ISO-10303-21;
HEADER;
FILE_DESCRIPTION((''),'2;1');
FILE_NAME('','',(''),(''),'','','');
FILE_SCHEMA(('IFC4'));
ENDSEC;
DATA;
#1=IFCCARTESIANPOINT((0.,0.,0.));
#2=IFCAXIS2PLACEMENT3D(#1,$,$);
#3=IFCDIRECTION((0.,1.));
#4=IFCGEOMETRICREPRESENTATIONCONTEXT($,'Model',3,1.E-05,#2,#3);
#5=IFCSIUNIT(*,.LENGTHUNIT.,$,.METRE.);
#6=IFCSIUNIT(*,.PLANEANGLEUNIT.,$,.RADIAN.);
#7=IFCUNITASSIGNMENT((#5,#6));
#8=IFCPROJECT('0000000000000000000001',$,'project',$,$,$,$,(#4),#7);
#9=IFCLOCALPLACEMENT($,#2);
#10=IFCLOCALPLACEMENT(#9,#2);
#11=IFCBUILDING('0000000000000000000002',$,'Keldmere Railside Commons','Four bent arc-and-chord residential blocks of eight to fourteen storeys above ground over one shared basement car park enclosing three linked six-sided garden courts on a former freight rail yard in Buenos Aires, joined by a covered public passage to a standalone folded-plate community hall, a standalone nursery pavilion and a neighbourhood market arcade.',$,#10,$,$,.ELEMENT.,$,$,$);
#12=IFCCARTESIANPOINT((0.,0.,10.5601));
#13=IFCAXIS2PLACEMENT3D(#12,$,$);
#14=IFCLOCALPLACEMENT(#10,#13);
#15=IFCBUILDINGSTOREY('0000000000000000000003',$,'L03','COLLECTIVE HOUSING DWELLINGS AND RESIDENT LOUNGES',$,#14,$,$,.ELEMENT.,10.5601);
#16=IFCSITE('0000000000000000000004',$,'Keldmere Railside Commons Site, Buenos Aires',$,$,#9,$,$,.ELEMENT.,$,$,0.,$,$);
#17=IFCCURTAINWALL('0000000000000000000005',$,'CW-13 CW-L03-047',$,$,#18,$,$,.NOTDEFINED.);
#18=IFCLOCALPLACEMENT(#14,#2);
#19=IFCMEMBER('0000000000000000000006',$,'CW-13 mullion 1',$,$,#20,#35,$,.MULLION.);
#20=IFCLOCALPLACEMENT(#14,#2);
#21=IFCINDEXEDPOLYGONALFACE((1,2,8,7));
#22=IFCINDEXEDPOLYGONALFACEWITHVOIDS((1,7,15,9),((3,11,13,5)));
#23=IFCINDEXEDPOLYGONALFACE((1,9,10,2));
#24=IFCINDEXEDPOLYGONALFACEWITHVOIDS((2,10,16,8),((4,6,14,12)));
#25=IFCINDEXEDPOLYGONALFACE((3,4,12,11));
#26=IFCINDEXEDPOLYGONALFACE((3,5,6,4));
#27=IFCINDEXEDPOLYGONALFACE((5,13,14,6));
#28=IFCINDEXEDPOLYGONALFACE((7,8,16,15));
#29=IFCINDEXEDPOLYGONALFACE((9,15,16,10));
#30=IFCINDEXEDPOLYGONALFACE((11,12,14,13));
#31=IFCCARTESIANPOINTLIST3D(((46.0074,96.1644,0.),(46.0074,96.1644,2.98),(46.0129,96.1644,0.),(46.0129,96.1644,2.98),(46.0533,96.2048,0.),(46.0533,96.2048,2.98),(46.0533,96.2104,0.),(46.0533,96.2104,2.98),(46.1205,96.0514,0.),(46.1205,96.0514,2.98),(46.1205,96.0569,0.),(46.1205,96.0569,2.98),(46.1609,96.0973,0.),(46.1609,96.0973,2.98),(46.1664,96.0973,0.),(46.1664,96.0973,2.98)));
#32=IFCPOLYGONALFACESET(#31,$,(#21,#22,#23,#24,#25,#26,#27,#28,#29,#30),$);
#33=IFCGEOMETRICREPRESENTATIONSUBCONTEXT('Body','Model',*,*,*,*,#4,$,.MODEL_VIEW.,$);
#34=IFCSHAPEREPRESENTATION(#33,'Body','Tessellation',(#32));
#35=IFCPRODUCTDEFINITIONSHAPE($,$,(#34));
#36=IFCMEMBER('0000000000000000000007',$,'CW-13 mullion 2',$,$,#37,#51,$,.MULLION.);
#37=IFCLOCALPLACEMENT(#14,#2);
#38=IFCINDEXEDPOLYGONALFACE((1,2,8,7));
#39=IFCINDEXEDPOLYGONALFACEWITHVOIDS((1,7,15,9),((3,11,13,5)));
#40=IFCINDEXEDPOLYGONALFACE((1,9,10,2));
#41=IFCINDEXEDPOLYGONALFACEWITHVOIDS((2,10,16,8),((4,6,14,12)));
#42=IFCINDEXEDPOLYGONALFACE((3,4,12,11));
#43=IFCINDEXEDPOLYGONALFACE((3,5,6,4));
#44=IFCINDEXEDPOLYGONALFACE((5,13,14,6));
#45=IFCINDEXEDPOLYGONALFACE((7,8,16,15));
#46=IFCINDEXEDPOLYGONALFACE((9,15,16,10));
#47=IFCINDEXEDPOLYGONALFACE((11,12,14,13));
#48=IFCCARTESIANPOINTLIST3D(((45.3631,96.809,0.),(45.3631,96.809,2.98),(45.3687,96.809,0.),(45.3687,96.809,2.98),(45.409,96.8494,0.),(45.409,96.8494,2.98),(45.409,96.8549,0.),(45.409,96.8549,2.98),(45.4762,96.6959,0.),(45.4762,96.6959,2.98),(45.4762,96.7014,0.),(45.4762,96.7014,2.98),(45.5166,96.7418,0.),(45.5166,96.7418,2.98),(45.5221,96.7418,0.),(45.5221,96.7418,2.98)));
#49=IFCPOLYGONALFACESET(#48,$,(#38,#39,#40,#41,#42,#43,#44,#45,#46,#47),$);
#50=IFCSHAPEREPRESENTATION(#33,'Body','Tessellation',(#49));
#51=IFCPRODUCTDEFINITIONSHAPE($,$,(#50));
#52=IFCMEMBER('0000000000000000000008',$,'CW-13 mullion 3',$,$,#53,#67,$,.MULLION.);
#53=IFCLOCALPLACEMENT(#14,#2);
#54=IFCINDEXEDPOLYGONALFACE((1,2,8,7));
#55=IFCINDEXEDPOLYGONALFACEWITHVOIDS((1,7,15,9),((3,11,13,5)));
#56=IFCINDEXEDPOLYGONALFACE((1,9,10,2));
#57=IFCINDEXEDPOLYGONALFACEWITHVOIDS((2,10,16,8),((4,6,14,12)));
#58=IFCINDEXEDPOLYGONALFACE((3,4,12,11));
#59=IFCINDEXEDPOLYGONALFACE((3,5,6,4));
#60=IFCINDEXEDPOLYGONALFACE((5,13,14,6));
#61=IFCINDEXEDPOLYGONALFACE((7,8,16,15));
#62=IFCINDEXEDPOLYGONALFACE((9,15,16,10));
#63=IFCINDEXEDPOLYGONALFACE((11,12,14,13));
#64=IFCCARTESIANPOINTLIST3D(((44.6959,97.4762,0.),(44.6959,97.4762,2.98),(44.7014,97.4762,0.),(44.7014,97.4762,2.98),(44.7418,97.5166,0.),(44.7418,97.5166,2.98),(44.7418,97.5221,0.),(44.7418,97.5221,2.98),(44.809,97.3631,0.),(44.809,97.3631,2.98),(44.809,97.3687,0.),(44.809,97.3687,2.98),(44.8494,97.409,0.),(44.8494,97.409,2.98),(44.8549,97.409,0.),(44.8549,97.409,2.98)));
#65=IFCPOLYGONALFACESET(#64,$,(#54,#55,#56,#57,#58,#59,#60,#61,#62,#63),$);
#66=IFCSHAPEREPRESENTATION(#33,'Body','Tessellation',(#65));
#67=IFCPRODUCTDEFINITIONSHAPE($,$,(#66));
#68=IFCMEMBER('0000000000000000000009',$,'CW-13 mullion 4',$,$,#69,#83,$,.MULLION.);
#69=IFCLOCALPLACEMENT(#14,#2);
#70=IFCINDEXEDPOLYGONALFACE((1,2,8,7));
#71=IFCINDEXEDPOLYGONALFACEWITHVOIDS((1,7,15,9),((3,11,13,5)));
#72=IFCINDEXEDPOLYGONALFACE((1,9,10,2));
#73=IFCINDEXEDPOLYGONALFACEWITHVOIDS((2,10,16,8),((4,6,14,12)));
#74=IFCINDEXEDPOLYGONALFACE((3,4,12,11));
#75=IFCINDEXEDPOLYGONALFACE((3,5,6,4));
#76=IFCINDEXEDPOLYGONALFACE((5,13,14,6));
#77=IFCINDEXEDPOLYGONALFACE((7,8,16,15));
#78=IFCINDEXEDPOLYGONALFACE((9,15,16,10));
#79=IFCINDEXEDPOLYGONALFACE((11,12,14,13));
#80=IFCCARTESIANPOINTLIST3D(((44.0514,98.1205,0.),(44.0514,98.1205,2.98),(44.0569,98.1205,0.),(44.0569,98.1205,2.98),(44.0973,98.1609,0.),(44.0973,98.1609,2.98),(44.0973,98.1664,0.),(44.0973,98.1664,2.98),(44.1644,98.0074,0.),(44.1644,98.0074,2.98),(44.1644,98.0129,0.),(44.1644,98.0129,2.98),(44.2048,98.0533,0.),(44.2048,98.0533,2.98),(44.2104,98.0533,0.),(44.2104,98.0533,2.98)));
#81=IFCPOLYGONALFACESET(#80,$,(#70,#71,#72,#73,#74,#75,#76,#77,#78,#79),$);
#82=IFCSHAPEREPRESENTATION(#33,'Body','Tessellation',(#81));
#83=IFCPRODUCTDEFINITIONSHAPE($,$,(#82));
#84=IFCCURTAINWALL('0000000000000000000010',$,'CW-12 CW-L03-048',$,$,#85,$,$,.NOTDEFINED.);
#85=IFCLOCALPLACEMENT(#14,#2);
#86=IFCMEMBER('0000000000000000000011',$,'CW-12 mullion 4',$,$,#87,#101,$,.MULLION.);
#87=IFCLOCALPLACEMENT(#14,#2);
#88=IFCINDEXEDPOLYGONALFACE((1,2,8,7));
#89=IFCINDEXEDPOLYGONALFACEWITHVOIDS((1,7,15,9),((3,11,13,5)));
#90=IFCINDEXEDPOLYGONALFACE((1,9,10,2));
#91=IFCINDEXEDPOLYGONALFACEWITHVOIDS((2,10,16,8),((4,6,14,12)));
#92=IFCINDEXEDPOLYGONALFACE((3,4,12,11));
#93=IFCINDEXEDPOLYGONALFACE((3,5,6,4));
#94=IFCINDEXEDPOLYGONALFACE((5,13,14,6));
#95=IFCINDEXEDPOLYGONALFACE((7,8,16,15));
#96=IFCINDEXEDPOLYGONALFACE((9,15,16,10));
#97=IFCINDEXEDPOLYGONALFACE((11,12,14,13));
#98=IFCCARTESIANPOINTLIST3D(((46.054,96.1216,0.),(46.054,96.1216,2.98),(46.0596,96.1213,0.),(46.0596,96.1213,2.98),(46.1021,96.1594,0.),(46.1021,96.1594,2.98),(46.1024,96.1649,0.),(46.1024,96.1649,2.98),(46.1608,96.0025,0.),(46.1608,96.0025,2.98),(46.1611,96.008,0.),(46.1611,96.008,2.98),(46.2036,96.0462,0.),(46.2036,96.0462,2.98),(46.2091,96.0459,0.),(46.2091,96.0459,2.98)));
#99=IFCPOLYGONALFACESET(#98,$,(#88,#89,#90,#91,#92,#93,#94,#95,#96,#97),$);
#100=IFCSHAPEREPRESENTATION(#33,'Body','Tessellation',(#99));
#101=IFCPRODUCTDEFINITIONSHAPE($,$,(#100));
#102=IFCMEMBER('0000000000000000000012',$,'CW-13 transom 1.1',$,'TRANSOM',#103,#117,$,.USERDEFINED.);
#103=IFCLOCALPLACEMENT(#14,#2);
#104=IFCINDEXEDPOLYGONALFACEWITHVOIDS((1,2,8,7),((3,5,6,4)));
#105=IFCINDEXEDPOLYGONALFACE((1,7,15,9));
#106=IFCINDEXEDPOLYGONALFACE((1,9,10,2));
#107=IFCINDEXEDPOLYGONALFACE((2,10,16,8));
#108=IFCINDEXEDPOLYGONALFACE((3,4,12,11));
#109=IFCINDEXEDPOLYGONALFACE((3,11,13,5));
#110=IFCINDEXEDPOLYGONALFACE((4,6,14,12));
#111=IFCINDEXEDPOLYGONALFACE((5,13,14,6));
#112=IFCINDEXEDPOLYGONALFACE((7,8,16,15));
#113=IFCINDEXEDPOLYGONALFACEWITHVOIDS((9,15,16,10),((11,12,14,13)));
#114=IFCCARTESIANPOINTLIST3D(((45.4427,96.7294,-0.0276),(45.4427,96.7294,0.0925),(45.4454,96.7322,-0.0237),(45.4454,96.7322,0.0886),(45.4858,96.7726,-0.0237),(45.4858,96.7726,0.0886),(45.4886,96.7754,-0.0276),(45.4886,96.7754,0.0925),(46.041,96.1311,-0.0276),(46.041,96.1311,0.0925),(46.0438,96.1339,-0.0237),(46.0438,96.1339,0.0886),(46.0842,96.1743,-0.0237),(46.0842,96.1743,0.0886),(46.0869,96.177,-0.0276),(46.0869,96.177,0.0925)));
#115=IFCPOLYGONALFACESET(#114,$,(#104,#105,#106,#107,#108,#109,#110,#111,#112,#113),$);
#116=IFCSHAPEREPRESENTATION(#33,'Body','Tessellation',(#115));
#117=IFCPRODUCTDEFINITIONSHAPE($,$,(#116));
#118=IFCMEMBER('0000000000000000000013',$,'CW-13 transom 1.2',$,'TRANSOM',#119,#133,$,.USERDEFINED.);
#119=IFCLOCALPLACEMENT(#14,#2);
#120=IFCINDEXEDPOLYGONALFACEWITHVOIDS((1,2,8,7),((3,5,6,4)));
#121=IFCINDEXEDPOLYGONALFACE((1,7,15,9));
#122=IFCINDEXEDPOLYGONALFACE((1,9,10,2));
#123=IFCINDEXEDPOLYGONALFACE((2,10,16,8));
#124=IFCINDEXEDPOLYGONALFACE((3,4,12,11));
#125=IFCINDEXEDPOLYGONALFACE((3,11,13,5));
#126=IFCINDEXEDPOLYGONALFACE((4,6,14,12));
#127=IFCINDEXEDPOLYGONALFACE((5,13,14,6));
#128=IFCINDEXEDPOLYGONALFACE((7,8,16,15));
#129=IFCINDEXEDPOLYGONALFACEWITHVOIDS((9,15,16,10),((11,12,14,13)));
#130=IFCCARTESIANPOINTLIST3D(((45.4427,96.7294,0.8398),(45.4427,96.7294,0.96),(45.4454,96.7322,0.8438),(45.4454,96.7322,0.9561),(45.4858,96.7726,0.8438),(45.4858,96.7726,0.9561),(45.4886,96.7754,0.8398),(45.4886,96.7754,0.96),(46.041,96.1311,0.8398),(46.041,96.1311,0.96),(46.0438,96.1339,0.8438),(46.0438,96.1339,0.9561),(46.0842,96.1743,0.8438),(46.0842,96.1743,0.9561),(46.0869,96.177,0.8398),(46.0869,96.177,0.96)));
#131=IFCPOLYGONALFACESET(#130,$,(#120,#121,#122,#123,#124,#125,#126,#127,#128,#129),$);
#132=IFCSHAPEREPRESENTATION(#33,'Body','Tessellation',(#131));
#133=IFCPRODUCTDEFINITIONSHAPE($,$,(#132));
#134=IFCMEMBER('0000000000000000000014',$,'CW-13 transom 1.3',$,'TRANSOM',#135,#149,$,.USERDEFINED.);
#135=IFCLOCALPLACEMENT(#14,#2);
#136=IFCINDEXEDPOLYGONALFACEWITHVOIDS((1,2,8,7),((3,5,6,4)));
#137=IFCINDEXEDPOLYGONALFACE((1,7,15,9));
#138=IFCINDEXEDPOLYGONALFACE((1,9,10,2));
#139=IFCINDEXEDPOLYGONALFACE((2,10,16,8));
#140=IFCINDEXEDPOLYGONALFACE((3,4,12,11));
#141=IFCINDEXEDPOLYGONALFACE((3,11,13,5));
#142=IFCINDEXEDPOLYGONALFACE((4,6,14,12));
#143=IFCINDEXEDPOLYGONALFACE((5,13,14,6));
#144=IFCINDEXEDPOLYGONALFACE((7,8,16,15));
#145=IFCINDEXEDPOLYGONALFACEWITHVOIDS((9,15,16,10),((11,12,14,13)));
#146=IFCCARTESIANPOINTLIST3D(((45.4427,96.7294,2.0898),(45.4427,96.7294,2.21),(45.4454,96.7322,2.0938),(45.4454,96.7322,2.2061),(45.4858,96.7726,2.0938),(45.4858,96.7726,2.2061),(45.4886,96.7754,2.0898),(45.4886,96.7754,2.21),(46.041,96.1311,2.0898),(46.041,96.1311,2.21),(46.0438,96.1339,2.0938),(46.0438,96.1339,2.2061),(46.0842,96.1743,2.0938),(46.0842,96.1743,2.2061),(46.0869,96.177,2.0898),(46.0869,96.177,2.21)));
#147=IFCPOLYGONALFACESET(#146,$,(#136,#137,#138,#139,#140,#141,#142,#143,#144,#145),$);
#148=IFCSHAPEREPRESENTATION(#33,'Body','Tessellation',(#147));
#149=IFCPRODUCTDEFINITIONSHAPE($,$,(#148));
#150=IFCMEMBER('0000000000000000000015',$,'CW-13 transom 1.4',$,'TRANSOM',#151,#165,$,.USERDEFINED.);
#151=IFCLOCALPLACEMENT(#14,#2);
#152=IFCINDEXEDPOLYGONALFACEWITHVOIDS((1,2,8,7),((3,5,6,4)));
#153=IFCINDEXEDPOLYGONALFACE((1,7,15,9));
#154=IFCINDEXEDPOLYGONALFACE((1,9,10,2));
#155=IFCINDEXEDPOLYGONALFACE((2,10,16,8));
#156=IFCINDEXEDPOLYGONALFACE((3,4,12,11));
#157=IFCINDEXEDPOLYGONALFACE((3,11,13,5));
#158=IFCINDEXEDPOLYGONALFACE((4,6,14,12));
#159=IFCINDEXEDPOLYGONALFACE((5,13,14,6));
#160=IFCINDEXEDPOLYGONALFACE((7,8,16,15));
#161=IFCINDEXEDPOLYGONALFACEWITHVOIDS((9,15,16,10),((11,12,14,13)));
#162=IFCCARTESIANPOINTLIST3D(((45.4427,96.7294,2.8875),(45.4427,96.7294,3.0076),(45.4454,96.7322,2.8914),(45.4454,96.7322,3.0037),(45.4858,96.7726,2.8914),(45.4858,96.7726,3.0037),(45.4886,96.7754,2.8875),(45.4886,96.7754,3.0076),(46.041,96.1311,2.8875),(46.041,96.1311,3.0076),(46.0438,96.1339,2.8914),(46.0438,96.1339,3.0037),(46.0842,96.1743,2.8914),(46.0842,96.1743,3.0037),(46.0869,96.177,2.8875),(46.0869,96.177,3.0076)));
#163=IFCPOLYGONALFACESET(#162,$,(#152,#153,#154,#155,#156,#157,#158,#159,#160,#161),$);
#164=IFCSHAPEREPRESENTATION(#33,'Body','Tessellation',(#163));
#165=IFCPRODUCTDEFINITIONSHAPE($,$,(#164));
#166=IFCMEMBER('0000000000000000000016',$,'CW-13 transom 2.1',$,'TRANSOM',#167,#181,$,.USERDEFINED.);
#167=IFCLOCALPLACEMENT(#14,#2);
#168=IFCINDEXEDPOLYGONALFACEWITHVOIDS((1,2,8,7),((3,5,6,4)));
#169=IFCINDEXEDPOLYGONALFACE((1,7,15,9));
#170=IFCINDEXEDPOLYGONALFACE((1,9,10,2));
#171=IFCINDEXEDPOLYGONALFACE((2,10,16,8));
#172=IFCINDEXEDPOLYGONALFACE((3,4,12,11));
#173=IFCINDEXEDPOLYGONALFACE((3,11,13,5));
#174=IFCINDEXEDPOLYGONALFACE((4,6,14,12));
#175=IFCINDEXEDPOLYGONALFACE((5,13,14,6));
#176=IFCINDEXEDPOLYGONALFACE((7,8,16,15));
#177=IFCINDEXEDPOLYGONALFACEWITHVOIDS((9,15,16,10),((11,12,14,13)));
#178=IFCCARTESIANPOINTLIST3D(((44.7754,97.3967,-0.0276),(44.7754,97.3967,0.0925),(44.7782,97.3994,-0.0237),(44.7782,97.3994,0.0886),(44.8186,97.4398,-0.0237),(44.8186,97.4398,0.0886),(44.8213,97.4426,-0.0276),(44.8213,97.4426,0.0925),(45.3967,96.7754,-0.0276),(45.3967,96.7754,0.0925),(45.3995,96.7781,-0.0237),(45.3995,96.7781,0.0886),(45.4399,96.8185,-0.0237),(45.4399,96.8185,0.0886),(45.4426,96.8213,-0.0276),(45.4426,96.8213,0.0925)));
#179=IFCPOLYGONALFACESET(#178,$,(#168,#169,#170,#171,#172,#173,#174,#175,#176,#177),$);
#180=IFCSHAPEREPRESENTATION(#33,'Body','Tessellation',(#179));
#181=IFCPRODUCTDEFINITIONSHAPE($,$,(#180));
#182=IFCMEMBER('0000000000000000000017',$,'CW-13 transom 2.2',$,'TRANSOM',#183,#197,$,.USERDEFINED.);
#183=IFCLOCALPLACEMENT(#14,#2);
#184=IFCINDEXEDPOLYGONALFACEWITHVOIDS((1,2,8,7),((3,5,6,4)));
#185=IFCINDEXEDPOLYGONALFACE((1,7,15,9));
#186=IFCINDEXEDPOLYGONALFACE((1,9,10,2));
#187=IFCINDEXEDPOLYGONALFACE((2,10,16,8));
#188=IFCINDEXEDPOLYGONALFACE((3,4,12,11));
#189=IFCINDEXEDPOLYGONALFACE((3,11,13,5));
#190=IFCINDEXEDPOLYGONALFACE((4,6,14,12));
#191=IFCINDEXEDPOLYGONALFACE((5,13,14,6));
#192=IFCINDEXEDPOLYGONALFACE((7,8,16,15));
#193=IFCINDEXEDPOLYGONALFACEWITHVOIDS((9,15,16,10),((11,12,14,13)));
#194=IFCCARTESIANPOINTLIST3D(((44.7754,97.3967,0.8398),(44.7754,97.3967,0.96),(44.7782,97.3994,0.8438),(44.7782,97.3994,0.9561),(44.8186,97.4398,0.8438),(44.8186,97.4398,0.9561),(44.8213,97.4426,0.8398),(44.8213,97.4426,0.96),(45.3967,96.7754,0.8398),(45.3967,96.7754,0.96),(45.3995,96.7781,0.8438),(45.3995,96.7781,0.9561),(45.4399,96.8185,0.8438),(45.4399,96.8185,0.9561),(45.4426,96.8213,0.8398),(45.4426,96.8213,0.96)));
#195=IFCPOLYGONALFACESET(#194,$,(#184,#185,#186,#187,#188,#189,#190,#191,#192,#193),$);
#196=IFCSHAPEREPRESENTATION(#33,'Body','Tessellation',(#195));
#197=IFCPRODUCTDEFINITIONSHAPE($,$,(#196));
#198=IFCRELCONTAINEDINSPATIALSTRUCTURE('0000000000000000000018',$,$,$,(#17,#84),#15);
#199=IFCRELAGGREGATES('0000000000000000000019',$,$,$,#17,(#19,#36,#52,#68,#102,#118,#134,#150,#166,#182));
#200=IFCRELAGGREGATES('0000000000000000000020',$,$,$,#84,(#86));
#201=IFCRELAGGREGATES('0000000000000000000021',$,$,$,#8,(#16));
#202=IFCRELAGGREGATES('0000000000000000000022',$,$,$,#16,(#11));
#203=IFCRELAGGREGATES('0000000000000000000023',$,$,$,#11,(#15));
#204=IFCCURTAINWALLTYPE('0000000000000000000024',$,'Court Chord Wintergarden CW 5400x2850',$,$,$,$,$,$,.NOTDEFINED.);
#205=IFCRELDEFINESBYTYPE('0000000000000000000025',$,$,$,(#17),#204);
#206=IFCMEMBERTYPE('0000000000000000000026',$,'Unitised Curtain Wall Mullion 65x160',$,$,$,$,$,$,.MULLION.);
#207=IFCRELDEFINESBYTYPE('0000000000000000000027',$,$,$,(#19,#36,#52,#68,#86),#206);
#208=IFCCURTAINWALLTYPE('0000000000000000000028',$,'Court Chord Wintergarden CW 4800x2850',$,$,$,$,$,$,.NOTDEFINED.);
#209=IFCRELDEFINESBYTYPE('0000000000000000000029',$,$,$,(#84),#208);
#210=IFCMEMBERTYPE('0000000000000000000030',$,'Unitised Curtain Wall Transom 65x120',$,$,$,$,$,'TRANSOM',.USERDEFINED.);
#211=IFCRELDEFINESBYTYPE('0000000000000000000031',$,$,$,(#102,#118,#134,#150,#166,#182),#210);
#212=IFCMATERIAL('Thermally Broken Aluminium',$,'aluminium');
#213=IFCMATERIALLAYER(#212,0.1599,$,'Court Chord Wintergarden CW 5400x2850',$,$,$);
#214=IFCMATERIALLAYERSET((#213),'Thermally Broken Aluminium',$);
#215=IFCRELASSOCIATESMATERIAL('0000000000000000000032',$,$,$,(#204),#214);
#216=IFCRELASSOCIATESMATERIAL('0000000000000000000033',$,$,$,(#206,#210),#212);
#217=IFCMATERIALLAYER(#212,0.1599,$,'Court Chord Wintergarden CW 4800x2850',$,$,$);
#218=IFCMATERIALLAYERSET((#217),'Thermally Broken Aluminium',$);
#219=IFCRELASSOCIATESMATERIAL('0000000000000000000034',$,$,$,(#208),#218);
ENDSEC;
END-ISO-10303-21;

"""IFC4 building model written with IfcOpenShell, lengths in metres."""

from ifc_helpers import new_model, si_unit, direction, frame, origin, origin_2d, place, context, subcontext, project, spatial, hollow_rectangle, extrude, material, layer, layer_set, material_profile, profile_set, type_object, element, aggregate, save


model = new_model("IFC4")

# Units and contexts
model_context = context("Model", 3, precision=1e-05, world=origin(), true_north=direction((0.0, 1.0)))
body_context = subcontext(model_context, "Body", "Model", "MODEL_VIEW")
ifc_project = project(units=[si_unit("LENGTHUNIT", "METRE"), si_unit("PLANEANGLEUNIT", "RADIAN")], contexts=[model_context])

# Site, building, storey
site_placement = place(None, origin())
site = spatial("IfcSite", under=ifc_project, at=site_placement, Name="Keldmere Railside Commons Site, Buenos Aires", CompositionType="ELEMENT", RefElevation=0.0)
building_placement = place(site_placement, origin())
building = spatial("IfcBuilding", under=site, at=building_placement, Name="Keldmere Railside Commons", Description="Four bent arc-and-chord residential blocks of eight to fourteen storeys above ground over one shared basement car park enclosing three linked six-sided garden courts on a former freight rail yard in Buenos Aires, joined by a covered public passage to a standalone folded-plate community hall, a standalone nursery pavilion and a neighbourhood market arcade.", CompositionType="ELEMENT")
storey_placement = place(building_placement, frame((0.0, 0.0, 10.5601)))
storey = spatial("IfcBuildingStorey", under=building, at=storey_placement, Name="L03", Description="COLLECTIVE HOUSING DWELLINGS AND RESIDENT LOUNGES", CompositionType="ELEMENT", Elevation=10.5601)

# Curtain wall, members
ifc_material_1 = material(Name="Thermally Broken Aluminium", Category="aluminium")
ifc_layer_1 = layer(ifc_material_1, 0.1599, Name="Court Chord Wintergarden CW 5400x2850")
ifc_layer_set_1 = layer_set([ifc_layer_1], Name="Thermally Broken Aluminium")
curtain_wall_type_1 = type_object("IfcCurtainWallType", Name="Court Chord Wintergarden CW 5400x2850", PredefinedType="NOTDEFINED", material=ifc_layer_set_1)
curtain_wall_1_placement = place(storey_placement, origin())
curtain_wall_1 = element("IfcCurtainWall", 1, at=curtain_wall_1_placement, inside=storey, type_object=curtain_wall_type_1, Name="CW-13 CW-L03-047", PredefinedType="NOTDEFINED")
ifc_material_profile_1 = material_profile(ifc_material_1, hollow_rectangle(XDim=0.0649, YDim=0.1599, WallThickness=0.0039, at=origin_2d()), Name="ALU-MULL-65x160")
ifc_profile_set_1 = profile_set([ifc_material_profile_1], Name="Thermally Broken Aluminium")
member_type_1 = type_object("IfcMemberType", Name="Unitised Curtain Wall Mullion 65x160", PredefinedType="MULLION", material=ifc_profile_set_1)
member_1_placement = place(storey_placement, frame((46.0869, 96.1309, 0.0), z_axis=(0.0, 0.0, 1.0), x_axis=(-0.707107, -0.707107, 0.0)))
member_1 = element("IfcMember", 2, at=member_1_placement, type_object=member_type_1, Name="CW-13 mullion 1", PredefinedType="MULLION", context=body_context, shape_type="SweptSolid", body=[
    extrude(hollow_rectangle(XDim=0.0649, YDim=0.1599, WallThickness=0.0039, at=origin_2d()), origin(), (0.0, 0.0, 1.0), 2.98),
])
member_2_placement = place(storey_placement, frame((45.4426, 96.7754, 0.0), z_axis=(0.0, 0.0, 1.0), x_axis=(-0.707107, -0.707107, 0.0)))
member_2 = element("IfcMember", 3, at=member_2_placement, type_object=member_type_1, Name="CW-13 mullion 2", PredefinedType="MULLION", context=body_context, shape_type="SweptSolid", body=[
    extrude(hollow_rectangle(XDim=0.0649, YDim=0.1599, WallThickness=0.0039, at=origin_2d()), origin(), (0.0, 0.0, 1.0), 2.98),
])
member_3_placement = place(storey_placement, frame((44.7754, 97.4426, 0.0), z_axis=(0.0, 0.0, 1.0), x_axis=(-0.707107, -0.707107, 0.0)))
member_3 = element("IfcMember", 4, at=member_3_placement, type_object=member_type_1, Name="CW-13 mullion 3", PredefinedType="MULLION", context=body_context, shape_type="SweptSolid", body=[
    extrude(hollow_rectangle(XDim=0.0649, YDim=0.1599, WallThickness=0.0039, at=origin_2d()), origin(), (0.0, 0.0, 1.0), 2.98),
])
member_4_placement = place(storey_placement, frame((44.1309, 98.0869, 0.0), z_axis=(0.0, 0.0, 1.0), x_axis=(-0.707107, -0.707107, 0.0)))
member_4 = element("IfcMember", 5, at=member_4_placement, type_object=member_type_1, Name="CW-13 mullion 4", PredefinedType="MULLION", context=body_context, shape_type="SweptSolid", body=[
    extrude(hollow_rectangle(XDim=0.0649, YDim=0.1599, WallThickness=0.0039, at=origin_2d()), origin(), (0.0, 0.0, 1.0), 2.98),
])

# Curtain wall, member
ifc_layer_2 = layer(ifc_material_1, 0.1599, Name="Court Chord Wintergarden CW 4800x2850")
ifc_layer_set_2 = layer_set([ifc_layer_2], Name="Thermally Broken Aluminium")
curtain_wall_type_2 = type_object("IfcCurtainWallType", Name="Court Chord Wintergarden CW 4800x2850", PredefinedType="NOTDEFINED", material=ifc_layer_set_2)
curtain_wall_2_placement = place(storey_placement, origin())
curtain_wall_2 = element("IfcCurtainWall", 6, at=curtain_wall_2_placement, inside=storey, type_object=curtain_wall_type_2, Name="CW-12 CW-L03-048", PredefinedType="NOTDEFINED")
member_5_placement = place(storey_placement, frame((46.1316, 96.0837, 0.0), z_axis=(0.0, 0.0, 1.0), x_axis=(-0.744557, -0.667559, 0.0)))
member_5 = element("IfcMember", 7, at=member_5_placement, type_object=member_type_1, Name="CW-12 mullion 4", PredefinedType="MULLION", context=body_context, shape_type="SweptSolid", body=[
    extrude(hollow_rectangle(XDim=0.0649, YDim=0.1599, WallThickness=0.0039, at=origin_2d()), origin(), (0.0, 0.0, 1.0), 2.98),
])

# Members
ifc_material_profile_2 = material_profile(ifc_material_1, hollow_rectangle(XDim=0.0649, YDim=0.1201, WallThickness=0.0039, at=origin_2d()), Name="ALU-TRAN-65x120")
ifc_profile_set_2 = profile_set([ifc_material_profile_2], Name="Thermally Broken Aluminium")
member_type_2 = type_object("IfcMemberType", Name="Unitised Curtain Wall Transom 65x120", ElementType="TRANSOM", PredefinedType="USERDEFINED", material=ifc_profile_set_2)
member_6_placement = place(storey_placement, frame((46.064, 96.1541, 0.0325), z_axis=(-0.707107, 0.707107, 0.0), x_axis=(-0.707107, -0.707107, 0.0)))
member_6 = element("IfcMember", 8, at=member_6_placement, type_object=member_type_2, Name="CW-13 transom 1.1", ObjectType="TRANSOM", PredefinedType="USERDEFINED", context=body_context, shape_type="SweptSolid", body=[
    extrude(hollow_rectangle(XDim=0.0649, YDim=0.1201, WallThickness=0.0039, at=origin_2d()), origin(), (0.0, 0.0, 1.0), 0.8462),
])
member_7_placement = place(storey_placement, frame((46.064, 96.1541, 0.8999), z_axis=(-0.707107, 0.707107, 0.0), x_axis=(-0.707107, -0.707107, 0.0)))
member_7 = element("IfcMember", 9, at=member_7_placement, type_object=member_type_2, Name="CW-13 transom 1.2", ObjectType="TRANSOM", PredefinedType="USERDEFINED", context=body_context, shape_type="SweptSolid", body=[
    extrude(hollow_rectangle(XDim=0.0649, YDim=0.1201, WallThickness=0.0039, at=origin_2d()), origin(), (0.0, 0.0, 1.0), 0.8462),
])
member_8_placement = place(storey_placement, frame((46.064, 96.1541, 2.1499), z_axis=(-0.707107, 0.707107, 0.0), x_axis=(-0.707107, -0.707107, 0.0)))
member_8 = element("IfcMember", 10, at=member_8_placement, type_object=member_type_2, Name="CW-13 transom 1.3", ObjectType="TRANSOM", PredefinedType="USERDEFINED", context=body_context, shape_type="SweptSolid", body=[
    extrude(hollow_rectangle(XDim=0.0649, YDim=0.1201, WallThickness=0.0039, at=origin_2d()), origin(), (0.0, 0.0, 1.0), 0.8462),
])
member_9_placement = place(storey_placement, frame((46.064, 96.1541, 2.9475), z_axis=(-0.707107, 0.707107, 0.0), x_axis=(-0.707107, -0.707107, 0.0)))
member_9 = element("IfcMember", 11, at=member_9_placement, type_object=member_type_2, Name="CW-13 transom 1.4", ObjectType="TRANSOM", PredefinedType="USERDEFINED", context=body_context, shape_type="SweptSolid", body=[
    extrude(hollow_rectangle(XDim=0.0649, YDim=0.1201, WallThickness=0.0039, at=origin_2d()), origin(), (0.0, 0.0, 1.0), 0.8462),
])
member_10_placement = place(storey_placement, frame((45.4197, 96.7983, 0.0325), z_axis=(-0.707107, 0.707107, 0.0), x_axis=(-0.707107, -0.707107, 0.0)))
member_10 = element("IfcMember", 12, at=member_10_placement, type_object=member_type_2, Name="CW-13 transom 2.1", ObjectType="TRANSOM", PredefinedType="USERDEFINED", context=body_context, shape_type="SweptSolid", body=[
    extrude(hollow_rectangle(XDim=0.0649, YDim=0.1201, WallThickness=0.0039, at=origin_2d()), origin(), (0.0, 0.0, 1.0), 0.8787),
])
member_11_placement = place(storey_placement, frame((45.4197, 96.7983, 0.8999), z_axis=(-0.707107, 0.707107, 0.0), x_axis=(-0.707107, -0.707107, 0.0)))
member_11 = element("IfcMember", 13, at=member_11_placement, type_object=member_type_2, Name="CW-13 transom 2.2", ObjectType="TRANSOM", PredefinedType="USERDEFINED", context=body_context, shape_type="SweptSolid", body=[
    extrude(hollow_rectangle(XDim=0.0649, YDim=0.1201, WallThickness=0.0039, at=origin_2d()), origin(), (0.0, 0.0, 1.0), 0.8787),
])

aggregate(curtain_wall_1, [member_1, member_2, member_3, member_4, member_6, member_7, member_8, member_9, member_10, member_11])
aggregate(curtain_wall_2, [member_5])

save(model, "model.ifc")
